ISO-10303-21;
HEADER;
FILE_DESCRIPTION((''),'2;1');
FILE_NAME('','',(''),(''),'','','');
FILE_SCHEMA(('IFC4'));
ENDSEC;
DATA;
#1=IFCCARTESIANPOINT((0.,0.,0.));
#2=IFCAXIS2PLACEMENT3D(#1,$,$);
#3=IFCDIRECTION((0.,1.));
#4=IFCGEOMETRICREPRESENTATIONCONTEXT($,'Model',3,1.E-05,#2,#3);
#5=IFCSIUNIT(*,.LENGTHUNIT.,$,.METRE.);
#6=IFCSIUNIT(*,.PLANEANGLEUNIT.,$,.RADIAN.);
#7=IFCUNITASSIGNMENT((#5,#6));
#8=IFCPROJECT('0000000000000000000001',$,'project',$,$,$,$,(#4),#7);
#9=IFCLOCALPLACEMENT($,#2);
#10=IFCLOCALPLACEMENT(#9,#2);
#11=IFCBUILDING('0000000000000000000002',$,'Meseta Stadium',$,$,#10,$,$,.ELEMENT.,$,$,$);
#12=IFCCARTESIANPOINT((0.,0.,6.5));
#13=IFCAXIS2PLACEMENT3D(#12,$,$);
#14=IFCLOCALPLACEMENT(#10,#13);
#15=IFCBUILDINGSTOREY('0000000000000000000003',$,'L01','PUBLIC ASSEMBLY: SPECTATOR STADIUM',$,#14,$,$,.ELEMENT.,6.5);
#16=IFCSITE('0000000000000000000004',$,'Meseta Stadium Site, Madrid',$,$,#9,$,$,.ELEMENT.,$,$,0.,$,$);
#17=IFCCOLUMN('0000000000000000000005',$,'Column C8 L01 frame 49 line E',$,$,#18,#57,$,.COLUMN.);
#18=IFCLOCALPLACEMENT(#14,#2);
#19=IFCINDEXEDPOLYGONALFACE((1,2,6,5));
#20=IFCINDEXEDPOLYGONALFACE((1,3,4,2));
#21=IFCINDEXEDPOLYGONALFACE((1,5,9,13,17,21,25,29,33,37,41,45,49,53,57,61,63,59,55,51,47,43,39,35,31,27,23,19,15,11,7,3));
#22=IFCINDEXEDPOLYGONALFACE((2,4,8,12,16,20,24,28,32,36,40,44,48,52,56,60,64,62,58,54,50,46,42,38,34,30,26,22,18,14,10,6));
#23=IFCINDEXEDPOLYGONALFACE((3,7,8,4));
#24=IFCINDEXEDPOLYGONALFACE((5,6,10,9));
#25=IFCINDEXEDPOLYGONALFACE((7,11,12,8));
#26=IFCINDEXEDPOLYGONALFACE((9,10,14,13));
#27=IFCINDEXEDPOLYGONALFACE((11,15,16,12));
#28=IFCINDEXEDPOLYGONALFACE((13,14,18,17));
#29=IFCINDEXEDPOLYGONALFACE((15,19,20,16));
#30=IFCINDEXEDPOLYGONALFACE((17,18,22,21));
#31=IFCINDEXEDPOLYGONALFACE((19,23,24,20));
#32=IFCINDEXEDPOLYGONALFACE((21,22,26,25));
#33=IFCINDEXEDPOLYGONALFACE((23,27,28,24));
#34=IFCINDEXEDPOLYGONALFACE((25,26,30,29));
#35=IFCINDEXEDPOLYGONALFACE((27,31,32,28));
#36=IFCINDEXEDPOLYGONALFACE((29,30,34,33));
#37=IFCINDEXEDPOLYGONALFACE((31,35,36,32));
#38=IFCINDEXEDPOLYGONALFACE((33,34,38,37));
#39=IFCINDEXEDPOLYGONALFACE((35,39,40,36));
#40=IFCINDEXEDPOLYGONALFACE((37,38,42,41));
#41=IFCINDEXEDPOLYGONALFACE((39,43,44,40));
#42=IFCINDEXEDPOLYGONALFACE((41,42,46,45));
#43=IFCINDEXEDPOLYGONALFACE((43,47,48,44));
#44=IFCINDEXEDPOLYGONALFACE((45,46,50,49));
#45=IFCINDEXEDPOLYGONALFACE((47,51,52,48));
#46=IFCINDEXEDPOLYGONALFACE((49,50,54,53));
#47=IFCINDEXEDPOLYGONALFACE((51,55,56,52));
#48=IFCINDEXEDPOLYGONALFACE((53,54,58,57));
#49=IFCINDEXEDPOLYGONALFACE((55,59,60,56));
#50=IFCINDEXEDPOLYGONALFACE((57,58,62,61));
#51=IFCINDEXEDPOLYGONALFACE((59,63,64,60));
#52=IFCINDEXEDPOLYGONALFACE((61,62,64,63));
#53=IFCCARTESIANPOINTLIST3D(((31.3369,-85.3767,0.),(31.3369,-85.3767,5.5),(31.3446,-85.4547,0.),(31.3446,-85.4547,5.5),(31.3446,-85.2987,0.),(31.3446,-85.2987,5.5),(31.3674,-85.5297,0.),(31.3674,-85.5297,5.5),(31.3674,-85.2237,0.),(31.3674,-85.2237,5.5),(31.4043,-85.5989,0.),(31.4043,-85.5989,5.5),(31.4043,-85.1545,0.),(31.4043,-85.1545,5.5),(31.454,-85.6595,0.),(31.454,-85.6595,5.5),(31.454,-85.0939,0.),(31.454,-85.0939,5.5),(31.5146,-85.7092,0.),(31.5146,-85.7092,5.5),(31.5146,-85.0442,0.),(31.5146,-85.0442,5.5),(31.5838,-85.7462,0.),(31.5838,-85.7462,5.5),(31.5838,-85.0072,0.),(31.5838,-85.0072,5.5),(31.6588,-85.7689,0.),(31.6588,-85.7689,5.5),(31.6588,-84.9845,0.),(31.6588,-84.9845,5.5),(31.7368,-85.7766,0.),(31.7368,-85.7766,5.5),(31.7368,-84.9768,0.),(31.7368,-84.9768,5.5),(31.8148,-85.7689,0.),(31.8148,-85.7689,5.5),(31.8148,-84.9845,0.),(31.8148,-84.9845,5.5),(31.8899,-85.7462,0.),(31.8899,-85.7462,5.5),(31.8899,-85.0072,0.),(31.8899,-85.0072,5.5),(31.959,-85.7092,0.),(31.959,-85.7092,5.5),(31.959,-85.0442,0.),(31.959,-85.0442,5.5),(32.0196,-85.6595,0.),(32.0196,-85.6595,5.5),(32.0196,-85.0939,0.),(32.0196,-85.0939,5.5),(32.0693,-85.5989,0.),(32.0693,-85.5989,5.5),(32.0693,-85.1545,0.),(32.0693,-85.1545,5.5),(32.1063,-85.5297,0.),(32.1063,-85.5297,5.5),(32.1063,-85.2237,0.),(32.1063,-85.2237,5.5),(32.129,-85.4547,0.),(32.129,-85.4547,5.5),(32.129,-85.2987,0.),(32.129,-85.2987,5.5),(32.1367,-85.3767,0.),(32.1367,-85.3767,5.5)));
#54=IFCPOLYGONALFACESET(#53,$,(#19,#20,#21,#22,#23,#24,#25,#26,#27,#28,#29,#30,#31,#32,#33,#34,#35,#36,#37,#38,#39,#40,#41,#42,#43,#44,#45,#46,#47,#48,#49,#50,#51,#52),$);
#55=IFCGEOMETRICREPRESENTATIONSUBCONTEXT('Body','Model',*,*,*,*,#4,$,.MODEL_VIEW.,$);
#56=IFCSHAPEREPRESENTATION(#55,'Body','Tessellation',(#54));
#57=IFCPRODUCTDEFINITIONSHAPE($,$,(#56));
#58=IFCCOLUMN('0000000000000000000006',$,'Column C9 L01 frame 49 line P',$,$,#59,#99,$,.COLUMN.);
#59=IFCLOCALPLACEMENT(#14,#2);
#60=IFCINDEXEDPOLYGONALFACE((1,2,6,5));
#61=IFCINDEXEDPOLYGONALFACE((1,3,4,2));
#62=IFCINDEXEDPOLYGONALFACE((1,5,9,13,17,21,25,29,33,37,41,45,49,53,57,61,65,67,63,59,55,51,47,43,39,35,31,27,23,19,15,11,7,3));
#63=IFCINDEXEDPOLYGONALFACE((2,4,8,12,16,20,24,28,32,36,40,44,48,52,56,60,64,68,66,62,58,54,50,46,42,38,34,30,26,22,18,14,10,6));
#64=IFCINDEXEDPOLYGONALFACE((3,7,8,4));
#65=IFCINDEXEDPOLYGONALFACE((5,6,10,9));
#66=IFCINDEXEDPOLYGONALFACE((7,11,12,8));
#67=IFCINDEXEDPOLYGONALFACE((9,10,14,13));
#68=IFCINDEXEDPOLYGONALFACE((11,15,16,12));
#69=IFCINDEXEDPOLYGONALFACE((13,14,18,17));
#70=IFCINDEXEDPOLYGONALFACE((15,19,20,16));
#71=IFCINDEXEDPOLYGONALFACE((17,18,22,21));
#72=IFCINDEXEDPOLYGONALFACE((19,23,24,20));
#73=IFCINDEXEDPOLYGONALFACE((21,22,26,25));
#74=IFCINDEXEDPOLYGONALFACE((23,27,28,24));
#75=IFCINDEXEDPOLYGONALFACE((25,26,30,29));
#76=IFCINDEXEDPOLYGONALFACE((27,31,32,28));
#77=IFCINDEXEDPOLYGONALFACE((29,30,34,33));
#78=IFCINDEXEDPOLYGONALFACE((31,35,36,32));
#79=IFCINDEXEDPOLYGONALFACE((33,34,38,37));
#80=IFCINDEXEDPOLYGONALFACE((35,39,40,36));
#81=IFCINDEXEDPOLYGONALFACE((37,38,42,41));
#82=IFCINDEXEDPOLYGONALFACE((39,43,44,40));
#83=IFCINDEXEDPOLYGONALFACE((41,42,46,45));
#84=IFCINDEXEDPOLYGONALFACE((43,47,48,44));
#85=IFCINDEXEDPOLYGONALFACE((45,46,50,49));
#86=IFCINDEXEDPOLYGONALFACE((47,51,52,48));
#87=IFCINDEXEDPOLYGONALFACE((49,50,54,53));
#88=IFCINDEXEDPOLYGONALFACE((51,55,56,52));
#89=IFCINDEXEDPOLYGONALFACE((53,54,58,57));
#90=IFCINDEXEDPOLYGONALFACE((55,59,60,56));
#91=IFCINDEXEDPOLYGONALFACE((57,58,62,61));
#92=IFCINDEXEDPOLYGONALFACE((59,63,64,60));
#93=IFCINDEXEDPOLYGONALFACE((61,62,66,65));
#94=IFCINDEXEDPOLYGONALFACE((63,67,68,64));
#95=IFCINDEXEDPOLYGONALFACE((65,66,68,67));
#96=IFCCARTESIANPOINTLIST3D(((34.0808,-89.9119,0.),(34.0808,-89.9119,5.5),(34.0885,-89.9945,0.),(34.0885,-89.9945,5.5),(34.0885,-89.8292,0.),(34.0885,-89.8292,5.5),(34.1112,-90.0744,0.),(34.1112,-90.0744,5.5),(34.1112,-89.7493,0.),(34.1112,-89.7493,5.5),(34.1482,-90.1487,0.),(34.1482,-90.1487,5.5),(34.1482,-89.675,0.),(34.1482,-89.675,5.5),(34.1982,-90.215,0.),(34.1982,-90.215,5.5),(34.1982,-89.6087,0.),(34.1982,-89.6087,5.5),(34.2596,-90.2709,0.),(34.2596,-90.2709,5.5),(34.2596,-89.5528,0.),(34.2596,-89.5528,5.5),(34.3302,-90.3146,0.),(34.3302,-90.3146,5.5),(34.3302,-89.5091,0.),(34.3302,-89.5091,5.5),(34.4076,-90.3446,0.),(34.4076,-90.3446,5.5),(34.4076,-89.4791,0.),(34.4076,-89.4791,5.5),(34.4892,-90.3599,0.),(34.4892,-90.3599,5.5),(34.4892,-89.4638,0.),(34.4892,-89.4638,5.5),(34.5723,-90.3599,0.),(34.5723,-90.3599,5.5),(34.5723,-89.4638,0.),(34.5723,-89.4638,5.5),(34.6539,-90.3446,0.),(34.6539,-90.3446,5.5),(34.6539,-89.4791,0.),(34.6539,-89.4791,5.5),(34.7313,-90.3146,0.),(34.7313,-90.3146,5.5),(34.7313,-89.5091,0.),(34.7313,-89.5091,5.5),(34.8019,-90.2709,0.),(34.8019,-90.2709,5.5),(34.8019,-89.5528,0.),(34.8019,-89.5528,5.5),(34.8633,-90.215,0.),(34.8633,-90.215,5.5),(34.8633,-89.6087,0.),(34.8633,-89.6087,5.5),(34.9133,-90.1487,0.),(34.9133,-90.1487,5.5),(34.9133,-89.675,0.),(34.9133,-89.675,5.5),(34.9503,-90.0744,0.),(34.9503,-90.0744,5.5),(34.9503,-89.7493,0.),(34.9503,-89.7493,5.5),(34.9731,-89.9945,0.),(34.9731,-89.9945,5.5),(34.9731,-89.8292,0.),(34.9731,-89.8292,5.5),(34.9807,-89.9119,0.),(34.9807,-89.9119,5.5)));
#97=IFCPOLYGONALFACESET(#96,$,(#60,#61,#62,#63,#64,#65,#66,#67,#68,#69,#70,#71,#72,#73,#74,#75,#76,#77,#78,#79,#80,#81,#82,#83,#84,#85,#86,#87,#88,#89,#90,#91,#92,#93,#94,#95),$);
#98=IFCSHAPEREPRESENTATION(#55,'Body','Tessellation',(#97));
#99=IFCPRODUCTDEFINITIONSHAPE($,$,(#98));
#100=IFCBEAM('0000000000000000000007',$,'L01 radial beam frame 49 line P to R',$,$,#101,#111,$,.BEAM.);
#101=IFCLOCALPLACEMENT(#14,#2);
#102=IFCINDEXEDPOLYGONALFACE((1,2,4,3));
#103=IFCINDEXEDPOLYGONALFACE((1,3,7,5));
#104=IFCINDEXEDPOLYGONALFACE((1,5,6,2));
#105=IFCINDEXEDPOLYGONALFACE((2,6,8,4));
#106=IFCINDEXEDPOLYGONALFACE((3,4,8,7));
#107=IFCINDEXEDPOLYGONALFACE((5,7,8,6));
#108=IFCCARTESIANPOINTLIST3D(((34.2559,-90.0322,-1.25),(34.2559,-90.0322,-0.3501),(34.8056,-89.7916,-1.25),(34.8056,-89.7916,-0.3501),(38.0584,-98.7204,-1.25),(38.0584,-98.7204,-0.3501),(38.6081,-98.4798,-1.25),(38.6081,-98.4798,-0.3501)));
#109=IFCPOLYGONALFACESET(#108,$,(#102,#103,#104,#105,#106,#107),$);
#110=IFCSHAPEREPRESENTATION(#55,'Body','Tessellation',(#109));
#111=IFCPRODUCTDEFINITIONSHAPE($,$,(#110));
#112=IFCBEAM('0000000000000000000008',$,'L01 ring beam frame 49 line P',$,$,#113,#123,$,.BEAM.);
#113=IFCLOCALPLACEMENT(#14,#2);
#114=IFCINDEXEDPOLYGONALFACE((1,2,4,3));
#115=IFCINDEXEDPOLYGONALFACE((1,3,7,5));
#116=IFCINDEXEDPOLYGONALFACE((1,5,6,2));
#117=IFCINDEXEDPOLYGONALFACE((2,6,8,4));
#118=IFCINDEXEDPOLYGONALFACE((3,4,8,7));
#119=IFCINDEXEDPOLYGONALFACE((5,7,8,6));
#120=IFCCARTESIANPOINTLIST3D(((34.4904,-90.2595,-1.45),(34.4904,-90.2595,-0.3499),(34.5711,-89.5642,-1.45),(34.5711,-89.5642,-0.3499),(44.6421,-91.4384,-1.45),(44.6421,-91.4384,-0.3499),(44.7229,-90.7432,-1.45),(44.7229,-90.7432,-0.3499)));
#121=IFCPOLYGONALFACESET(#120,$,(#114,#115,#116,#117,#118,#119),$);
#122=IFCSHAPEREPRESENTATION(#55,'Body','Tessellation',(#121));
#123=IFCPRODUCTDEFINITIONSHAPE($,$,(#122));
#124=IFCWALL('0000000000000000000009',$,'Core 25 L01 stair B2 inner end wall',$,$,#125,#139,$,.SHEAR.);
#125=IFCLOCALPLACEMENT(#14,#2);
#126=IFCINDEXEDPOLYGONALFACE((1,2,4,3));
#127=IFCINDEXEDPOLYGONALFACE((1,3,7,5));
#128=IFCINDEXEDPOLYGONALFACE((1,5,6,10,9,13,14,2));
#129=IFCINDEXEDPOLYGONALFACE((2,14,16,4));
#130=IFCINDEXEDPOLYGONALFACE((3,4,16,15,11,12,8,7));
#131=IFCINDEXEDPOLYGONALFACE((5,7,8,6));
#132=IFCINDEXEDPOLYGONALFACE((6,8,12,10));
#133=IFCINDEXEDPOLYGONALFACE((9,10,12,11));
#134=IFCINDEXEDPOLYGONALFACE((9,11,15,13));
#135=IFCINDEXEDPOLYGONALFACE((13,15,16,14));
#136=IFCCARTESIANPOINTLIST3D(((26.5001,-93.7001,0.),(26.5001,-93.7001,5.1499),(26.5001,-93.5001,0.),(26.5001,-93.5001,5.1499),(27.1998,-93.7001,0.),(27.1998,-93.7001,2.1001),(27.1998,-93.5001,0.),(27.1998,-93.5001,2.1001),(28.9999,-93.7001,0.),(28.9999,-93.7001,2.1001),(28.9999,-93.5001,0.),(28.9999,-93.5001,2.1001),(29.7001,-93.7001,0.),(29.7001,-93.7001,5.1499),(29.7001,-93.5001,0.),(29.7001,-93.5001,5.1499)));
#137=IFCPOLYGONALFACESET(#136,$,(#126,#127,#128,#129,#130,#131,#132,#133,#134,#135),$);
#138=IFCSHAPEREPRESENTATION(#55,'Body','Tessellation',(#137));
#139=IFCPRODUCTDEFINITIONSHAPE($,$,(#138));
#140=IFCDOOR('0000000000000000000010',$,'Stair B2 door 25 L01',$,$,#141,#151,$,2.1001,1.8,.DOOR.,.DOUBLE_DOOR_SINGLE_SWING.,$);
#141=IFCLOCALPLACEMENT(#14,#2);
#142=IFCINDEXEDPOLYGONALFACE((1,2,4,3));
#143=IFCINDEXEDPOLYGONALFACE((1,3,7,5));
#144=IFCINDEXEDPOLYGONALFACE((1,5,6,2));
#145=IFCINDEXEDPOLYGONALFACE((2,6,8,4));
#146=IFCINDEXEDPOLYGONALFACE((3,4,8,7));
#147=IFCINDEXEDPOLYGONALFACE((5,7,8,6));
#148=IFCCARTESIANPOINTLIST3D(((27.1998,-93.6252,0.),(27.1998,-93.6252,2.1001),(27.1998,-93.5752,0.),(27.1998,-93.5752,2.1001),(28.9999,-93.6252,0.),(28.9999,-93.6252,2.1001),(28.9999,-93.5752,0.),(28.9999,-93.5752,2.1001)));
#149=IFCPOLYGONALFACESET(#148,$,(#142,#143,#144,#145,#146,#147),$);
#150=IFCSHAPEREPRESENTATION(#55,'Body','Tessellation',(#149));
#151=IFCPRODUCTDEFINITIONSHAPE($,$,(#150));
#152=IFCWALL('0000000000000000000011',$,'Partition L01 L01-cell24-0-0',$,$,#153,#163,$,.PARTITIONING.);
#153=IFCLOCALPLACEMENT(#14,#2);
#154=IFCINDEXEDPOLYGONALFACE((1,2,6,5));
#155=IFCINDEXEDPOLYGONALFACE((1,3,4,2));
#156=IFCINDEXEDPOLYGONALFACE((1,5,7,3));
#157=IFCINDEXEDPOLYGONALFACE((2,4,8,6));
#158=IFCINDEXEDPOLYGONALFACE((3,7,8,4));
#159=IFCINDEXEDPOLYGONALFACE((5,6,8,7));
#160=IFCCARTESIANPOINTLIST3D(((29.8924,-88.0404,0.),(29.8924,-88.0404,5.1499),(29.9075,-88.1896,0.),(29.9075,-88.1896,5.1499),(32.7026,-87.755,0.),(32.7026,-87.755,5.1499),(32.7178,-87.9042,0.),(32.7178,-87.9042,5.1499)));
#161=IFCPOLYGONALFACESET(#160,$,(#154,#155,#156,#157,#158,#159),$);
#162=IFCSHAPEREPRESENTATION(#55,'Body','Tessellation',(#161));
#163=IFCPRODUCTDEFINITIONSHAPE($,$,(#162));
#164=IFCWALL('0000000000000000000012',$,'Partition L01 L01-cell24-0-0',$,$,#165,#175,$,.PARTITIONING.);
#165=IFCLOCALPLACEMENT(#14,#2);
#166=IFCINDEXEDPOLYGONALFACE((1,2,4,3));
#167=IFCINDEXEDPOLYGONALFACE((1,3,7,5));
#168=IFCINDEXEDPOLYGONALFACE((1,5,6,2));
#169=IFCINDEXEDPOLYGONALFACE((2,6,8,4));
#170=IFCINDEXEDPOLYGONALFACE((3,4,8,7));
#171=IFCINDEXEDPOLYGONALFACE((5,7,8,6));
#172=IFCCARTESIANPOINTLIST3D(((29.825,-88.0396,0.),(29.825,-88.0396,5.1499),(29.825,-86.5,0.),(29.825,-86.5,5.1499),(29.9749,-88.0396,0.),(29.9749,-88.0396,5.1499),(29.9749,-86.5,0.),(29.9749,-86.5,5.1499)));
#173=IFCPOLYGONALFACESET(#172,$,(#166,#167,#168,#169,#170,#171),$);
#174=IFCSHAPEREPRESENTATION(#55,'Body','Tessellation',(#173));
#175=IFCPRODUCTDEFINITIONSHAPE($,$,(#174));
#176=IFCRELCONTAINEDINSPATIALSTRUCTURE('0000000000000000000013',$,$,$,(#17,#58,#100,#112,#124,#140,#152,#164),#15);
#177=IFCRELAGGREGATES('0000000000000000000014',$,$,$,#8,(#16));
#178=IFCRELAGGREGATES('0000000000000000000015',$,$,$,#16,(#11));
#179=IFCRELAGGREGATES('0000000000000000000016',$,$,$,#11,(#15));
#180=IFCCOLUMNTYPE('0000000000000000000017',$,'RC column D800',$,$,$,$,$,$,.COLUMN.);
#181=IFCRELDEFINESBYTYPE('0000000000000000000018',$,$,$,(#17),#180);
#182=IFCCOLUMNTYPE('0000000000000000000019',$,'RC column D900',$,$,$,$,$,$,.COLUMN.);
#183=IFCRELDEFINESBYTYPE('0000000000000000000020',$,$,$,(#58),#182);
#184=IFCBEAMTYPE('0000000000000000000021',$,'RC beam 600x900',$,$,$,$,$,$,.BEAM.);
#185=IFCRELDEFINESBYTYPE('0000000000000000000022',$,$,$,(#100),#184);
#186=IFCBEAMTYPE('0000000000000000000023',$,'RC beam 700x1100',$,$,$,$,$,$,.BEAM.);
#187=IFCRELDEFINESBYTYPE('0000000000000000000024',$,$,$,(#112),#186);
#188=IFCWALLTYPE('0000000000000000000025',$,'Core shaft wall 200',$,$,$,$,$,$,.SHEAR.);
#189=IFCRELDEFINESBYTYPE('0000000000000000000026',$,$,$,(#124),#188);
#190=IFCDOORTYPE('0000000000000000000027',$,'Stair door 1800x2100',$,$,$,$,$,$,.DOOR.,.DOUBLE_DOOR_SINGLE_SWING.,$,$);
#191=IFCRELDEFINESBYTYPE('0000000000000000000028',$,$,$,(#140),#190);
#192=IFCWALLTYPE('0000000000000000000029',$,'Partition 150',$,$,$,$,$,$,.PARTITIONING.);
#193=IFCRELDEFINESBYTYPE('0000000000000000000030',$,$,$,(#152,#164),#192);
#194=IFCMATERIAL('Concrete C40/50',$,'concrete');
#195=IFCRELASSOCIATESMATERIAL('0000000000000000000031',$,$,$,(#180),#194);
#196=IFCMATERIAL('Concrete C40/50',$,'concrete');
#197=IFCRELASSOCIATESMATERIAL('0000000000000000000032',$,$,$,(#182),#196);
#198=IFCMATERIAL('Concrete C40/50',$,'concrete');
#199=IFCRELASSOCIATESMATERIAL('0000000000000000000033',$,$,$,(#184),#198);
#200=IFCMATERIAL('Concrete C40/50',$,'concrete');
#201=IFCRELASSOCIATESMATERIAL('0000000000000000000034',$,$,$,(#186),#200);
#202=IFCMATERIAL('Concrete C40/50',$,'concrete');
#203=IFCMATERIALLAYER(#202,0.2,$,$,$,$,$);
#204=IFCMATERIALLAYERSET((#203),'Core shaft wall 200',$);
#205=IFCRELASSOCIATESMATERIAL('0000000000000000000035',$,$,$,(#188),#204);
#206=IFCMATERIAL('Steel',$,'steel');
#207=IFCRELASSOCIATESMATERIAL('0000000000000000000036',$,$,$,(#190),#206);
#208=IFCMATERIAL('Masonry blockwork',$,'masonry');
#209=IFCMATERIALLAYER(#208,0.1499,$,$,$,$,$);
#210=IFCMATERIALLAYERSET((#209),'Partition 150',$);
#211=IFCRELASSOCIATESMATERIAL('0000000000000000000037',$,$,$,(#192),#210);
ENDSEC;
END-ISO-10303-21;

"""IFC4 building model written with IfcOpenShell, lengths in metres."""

from ifc_helpers import new_model, si_unit, direction, frame, frame_2d, origin, origin_2d, place, context, subcontext, project, spatial, rectangle, circle, extrude, material, layer, layer_set, material_profile, profile_set, type_object, element, fill, save


model = new_model("IFC4")

# Units and contexts
model_context = context("Model", 3, precision=1e-05, world=origin(), true_north=direction((0.0, 1.0)))
body_context = subcontext(model_context, "Body", "Model", "MODEL_VIEW")
ifc_project = project(units=[si_unit("LENGTHUNIT", "METRE"), si_unit("PLANEANGLEUNIT", "RADIAN")], contexts=[model_context])

# Site, building, storey
site_placement = place(None, origin())
site = spatial("IfcSite", under=ifc_project, at=site_placement, Name="Meseta Stadium Site, Madrid", CompositionType="ELEMENT", RefElevation=0.0)
building_placement = place(site_placement, origin())
building = spatial("IfcBuilding", under=site, at=building_placement, Name="Meseta Stadium", CompositionType="ELEMENT")
storey_placement = place(building_placement, frame((0.0, 0.0, 6.5)))
storey = spatial("IfcBuildingStorey", under=building, at=storey_placement, Name="L01", Description="PUBLIC ASSEMBLY: SPECTATOR STADIUM", CompositionType="ELEMENT", Elevation=6.5)

# Columns
ifc_material_1 = material(Name="Concrete C40/50", Category="concrete")
ifc_material_profile_1 = material_profile(ifc_material_1, circle(Radius=0.3999, at=origin_2d()), Name="RC D800")
ifc_profile_set_1 = profile_set([ifc_material_profile_1], Name="Concrete C40/50")
column_type_1 = type_object("IfcColumnType", Name="RC column D800", PredefinedType="COLUMN", material=ifc_profile_set_1)
column_1_placement = place(storey_placement, frame((31.7368, -85.3767, 0.0), z_axis=(0.0, 0.0, 1.0), x_axis=(1.0, 0.0, 0.0)))
element("IfcColumn", 1, at=column_1_placement, inside=storey, type_object=column_type_1, Name="Column C8 L01 frame 49 line E", PredefinedType="COLUMN", context=body_context, shape_type="SweptSolid", body=[
    extrude(circle(Radius=0.3999, at=origin_2d()), origin(), (0.0, 0.0, 1.0), 5.5),
])
ifc_material_2 = material(Name="Concrete C40/50", Category="concrete")
ifc_material_profile_2 = material_profile(ifc_material_2, circle(Radius=0.45, at=origin_2d()), Name="RC D900")
ifc_profile_set_2 = profile_set([ifc_material_profile_2], Name="Concrete C40/50")
column_type_2 = type_object("IfcColumnType", Name="RC column D900", PredefinedType="COLUMN", material=ifc_profile_set_2)
column_2_placement = place(storey_placement, frame((34.5308, -89.9119, 0.0), z_axis=(0.0, 0.0, 1.0), x_axis=(1.0, 0.0, 0.0)))
element("IfcColumn", 2, at=column_2_placement, inside=storey, type_object=column_type_2, Name="Column C9 L01 frame 49 line P", PredefinedType="COLUMN", context=body_context, shape_type="SweptSolid", body=[
    extrude(circle(Radius=0.45, at=origin_2d()), origin(), (0.0, 0.0, 1.0), 5.5),
])

# Beams
ifc_material_3 = material(Name="Concrete C40/50", Category="concrete")
ifc_material_profile_3 = material_profile(ifc_material_3, rectangle(XDim=0.6001, YDim=0.8999, at=origin_2d()), Name="RC 600x900")
ifc_profile_set_3 = profile_set([ifc_material_profile_3], Name="Concrete C40/50")
beam_type_1 = type_object("IfcBeamType", Name="RC beam 600x900", PredefinedType="BEAM", material=ifc_profile_set_3)
beam_1_placement = place(storey_placement, frame((34.5308, -89.9119, -0.8), z_axis=(0.400942, -0.916104, 0.0), x_axis=(0.916104, 0.400942, 0.0)))
element("IfcBeam", 3, at=beam_1_placement, inside=storey, type_object=beam_type_1, Name="L01 radial beam frame 49 line P to R", PredefinedType="BEAM", context=body_context, shape_type="SweptSolid", body=[
    extrude(rectangle(XDim=0.6001, YDim=0.8999, at=origin_2d()), origin(), (0.0, 0.0, 1.0), 9.4839),
])
ifc_material_4 = material(Name="Concrete C40/50", Category="concrete")
ifc_material_profile_4 = material_profile(ifc_material_4, rectangle(XDim=0.7, YDim=1.1001, at=origin_2d()), Name="RC 700x1100")
ifc_profile_set_4 = profile_set([ifc_material_profile_4], Name="Concrete C40/50")
beam_type_2 = type_object("IfcBeamType", Name="RC beam 700x1100", PredefinedType="BEAM", material=ifc_profile_set_4)
beam_2_placement = place(storey_placement, frame((34.5308, -89.9119, -0.8999), z_axis=(0.993324, -0.115357, 0.0), x_axis=(0.115357, 0.993324, 0.0)))
element("IfcBeam", 4, at=beam_2_placement, inside=storey, type_object=beam_type_2, Name="L01 ring beam frame 49 line P", PredefinedType="BEAM", context=body_context, shape_type="SweptSolid", body=[
    extrude(rectangle(XDim=0.7, YDim=1.1001, at=origin_2d()), origin(), (0.0, 0.0, 1.0), 10.22),
])

# Wall, opening, door
ifc_material_5 = material(Name="Concrete C40/50", Category="concrete")
ifc_layer_1 = layer(ifc_material_5, 0.2)
ifc_layer_set_1 = layer_set([ifc_layer_1], Name="Core shaft wall 200")
wall_type_1 = type_object("IfcWallType", Name="Core shaft wall 200", PredefinedType="SHEAR", material=ifc_layer_set_1)
wall_1_placement = place(storey_placement, frame((26.5, -93.6001, 0.0), z_axis=(0.0, 0.0, 1.0), x_axis=(1.0, 0.0, 0.0)))
wall_1 = element("IfcWall", 5, at=wall_1_placement, inside=storey, type_object=wall_type_1, Name="Core 25 L01 stair B2 inner end wall", PredefinedType="SHEAR", context=body_context, shape_type="SweptSolid", body=[
    extrude(rectangle(XDim=3.2, YDim=0.2, at=frame_2d((1.6001, 0.0))), origin(), (0.0, 0.0, 1.0), 5.1499),
])
opening_1_placement = place(wall_1_placement, frame((0.7, 0.0, 0.0)))
opening_1 = element("IfcOpeningElement", 6, at=opening_1_placement, cuts=wall_1, PredefinedType="OPENING", context=body_context, shape_type="SweptSolid", body=[
    extrude(rectangle(XDim=1.8, YDim=2.1001, at=frame_2d((0.8999, 1.05))), frame((0.0, 0.1099, 0.0), z_axis=(0.0, -1.0, 0.0), x_axis=(1.0, 0.0, 0.0)), (0.0, 0.0, 1.0), 0.22),
])
ifc_material_6 = material(Name="Steel", Category="steel")
door_type_1 = type_object("IfcDoorType", Name="Stair door 1800x2100", OperationType="DOUBLE_DOOR_SINGLE_SWING", PredefinedType="DOOR", material=ifc_material_6)
door_1_placement = place(opening_1_placement, origin())
door_1 = element("IfcDoor", 7, at=door_1_placement, inside=storey, type_object=door_type_1, Name="Stair B2 door 25 L01", OperationType="DOUBLE_DOOR_SINGLE_SWING", OverallHeight=2.1001, OverallWidth=1.8, PredefinedType="DOOR", context=body_context, shape_type="SweptSolid", body=[
    extrude(rectangle(XDim=1.8, YDim=2.1001, at=frame_2d((0.8999, 1.05))), frame((0.0, 0.0249, 0.0), z_axis=(0.0, -1.0, 0.0), x_axis=(1.0, 0.0, 0.0)), (0.0, 0.0, 1.0), 0.05),
])
fill(opening_1, door_1)

# Walls
ifc_material_7 = material(Name="Masonry blockwork", Category="masonry")
ifc_layer_2 = layer(ifc_material_7, 0.1499)
ifc_layer_set_2 = layer_set([ifc_layer_2], Name="Partition 150")
wall_type_2 = type_object("IfcWallType", Name="Partition 150", PredefinedType="PARTITIONING", material=ifc_layer_set_2)
wall_2_placement = place(storey_placement, frame((32.7102, -87.8296, 0.0), z_axis=(0.0, 0.0, 1.0), x_axis=(-0.994883, -0.101035, 0.0)))
element("IfcWall", 8, at=wall_2_placement, inside=storey, type_object=wall_type_2, Name="Partition L01 L01-cell24-0-0", PredefinedType="PARTITIONING", context=body_context, shape_type="SweptSolid", body=[
    extrude(rectangle(XDim=2.8247, YDim=0.1499, at=frame_2d((1.4124, 0.0))), origin(), (0.0, 0.0, 1.0), 5.1499),
])
wall_3_placement = place(storey_placement, frame((29.8999, -88.0396, 0.0), z_axis=(0.0, 0.0, 1.0), x_axis=(0.0, 1.0, 0.0)))
element("IfcWall", 9, at=wall_3_placement, inside=storey, type_object=wall_type_2, Name="Partition L01 L01-cell24-0-0", PredefinedType="PARTITIONING", context=body_context, shape_type="SweptSolid", body=[
    extrude(rectangle(XDim=1.5396, YDim=0.1499, at=frame_2d((0.7698, 0.0))), origin(), (0.0, 0.0, 1.0), 5.1499),
])

save(model, "model.ifc")
